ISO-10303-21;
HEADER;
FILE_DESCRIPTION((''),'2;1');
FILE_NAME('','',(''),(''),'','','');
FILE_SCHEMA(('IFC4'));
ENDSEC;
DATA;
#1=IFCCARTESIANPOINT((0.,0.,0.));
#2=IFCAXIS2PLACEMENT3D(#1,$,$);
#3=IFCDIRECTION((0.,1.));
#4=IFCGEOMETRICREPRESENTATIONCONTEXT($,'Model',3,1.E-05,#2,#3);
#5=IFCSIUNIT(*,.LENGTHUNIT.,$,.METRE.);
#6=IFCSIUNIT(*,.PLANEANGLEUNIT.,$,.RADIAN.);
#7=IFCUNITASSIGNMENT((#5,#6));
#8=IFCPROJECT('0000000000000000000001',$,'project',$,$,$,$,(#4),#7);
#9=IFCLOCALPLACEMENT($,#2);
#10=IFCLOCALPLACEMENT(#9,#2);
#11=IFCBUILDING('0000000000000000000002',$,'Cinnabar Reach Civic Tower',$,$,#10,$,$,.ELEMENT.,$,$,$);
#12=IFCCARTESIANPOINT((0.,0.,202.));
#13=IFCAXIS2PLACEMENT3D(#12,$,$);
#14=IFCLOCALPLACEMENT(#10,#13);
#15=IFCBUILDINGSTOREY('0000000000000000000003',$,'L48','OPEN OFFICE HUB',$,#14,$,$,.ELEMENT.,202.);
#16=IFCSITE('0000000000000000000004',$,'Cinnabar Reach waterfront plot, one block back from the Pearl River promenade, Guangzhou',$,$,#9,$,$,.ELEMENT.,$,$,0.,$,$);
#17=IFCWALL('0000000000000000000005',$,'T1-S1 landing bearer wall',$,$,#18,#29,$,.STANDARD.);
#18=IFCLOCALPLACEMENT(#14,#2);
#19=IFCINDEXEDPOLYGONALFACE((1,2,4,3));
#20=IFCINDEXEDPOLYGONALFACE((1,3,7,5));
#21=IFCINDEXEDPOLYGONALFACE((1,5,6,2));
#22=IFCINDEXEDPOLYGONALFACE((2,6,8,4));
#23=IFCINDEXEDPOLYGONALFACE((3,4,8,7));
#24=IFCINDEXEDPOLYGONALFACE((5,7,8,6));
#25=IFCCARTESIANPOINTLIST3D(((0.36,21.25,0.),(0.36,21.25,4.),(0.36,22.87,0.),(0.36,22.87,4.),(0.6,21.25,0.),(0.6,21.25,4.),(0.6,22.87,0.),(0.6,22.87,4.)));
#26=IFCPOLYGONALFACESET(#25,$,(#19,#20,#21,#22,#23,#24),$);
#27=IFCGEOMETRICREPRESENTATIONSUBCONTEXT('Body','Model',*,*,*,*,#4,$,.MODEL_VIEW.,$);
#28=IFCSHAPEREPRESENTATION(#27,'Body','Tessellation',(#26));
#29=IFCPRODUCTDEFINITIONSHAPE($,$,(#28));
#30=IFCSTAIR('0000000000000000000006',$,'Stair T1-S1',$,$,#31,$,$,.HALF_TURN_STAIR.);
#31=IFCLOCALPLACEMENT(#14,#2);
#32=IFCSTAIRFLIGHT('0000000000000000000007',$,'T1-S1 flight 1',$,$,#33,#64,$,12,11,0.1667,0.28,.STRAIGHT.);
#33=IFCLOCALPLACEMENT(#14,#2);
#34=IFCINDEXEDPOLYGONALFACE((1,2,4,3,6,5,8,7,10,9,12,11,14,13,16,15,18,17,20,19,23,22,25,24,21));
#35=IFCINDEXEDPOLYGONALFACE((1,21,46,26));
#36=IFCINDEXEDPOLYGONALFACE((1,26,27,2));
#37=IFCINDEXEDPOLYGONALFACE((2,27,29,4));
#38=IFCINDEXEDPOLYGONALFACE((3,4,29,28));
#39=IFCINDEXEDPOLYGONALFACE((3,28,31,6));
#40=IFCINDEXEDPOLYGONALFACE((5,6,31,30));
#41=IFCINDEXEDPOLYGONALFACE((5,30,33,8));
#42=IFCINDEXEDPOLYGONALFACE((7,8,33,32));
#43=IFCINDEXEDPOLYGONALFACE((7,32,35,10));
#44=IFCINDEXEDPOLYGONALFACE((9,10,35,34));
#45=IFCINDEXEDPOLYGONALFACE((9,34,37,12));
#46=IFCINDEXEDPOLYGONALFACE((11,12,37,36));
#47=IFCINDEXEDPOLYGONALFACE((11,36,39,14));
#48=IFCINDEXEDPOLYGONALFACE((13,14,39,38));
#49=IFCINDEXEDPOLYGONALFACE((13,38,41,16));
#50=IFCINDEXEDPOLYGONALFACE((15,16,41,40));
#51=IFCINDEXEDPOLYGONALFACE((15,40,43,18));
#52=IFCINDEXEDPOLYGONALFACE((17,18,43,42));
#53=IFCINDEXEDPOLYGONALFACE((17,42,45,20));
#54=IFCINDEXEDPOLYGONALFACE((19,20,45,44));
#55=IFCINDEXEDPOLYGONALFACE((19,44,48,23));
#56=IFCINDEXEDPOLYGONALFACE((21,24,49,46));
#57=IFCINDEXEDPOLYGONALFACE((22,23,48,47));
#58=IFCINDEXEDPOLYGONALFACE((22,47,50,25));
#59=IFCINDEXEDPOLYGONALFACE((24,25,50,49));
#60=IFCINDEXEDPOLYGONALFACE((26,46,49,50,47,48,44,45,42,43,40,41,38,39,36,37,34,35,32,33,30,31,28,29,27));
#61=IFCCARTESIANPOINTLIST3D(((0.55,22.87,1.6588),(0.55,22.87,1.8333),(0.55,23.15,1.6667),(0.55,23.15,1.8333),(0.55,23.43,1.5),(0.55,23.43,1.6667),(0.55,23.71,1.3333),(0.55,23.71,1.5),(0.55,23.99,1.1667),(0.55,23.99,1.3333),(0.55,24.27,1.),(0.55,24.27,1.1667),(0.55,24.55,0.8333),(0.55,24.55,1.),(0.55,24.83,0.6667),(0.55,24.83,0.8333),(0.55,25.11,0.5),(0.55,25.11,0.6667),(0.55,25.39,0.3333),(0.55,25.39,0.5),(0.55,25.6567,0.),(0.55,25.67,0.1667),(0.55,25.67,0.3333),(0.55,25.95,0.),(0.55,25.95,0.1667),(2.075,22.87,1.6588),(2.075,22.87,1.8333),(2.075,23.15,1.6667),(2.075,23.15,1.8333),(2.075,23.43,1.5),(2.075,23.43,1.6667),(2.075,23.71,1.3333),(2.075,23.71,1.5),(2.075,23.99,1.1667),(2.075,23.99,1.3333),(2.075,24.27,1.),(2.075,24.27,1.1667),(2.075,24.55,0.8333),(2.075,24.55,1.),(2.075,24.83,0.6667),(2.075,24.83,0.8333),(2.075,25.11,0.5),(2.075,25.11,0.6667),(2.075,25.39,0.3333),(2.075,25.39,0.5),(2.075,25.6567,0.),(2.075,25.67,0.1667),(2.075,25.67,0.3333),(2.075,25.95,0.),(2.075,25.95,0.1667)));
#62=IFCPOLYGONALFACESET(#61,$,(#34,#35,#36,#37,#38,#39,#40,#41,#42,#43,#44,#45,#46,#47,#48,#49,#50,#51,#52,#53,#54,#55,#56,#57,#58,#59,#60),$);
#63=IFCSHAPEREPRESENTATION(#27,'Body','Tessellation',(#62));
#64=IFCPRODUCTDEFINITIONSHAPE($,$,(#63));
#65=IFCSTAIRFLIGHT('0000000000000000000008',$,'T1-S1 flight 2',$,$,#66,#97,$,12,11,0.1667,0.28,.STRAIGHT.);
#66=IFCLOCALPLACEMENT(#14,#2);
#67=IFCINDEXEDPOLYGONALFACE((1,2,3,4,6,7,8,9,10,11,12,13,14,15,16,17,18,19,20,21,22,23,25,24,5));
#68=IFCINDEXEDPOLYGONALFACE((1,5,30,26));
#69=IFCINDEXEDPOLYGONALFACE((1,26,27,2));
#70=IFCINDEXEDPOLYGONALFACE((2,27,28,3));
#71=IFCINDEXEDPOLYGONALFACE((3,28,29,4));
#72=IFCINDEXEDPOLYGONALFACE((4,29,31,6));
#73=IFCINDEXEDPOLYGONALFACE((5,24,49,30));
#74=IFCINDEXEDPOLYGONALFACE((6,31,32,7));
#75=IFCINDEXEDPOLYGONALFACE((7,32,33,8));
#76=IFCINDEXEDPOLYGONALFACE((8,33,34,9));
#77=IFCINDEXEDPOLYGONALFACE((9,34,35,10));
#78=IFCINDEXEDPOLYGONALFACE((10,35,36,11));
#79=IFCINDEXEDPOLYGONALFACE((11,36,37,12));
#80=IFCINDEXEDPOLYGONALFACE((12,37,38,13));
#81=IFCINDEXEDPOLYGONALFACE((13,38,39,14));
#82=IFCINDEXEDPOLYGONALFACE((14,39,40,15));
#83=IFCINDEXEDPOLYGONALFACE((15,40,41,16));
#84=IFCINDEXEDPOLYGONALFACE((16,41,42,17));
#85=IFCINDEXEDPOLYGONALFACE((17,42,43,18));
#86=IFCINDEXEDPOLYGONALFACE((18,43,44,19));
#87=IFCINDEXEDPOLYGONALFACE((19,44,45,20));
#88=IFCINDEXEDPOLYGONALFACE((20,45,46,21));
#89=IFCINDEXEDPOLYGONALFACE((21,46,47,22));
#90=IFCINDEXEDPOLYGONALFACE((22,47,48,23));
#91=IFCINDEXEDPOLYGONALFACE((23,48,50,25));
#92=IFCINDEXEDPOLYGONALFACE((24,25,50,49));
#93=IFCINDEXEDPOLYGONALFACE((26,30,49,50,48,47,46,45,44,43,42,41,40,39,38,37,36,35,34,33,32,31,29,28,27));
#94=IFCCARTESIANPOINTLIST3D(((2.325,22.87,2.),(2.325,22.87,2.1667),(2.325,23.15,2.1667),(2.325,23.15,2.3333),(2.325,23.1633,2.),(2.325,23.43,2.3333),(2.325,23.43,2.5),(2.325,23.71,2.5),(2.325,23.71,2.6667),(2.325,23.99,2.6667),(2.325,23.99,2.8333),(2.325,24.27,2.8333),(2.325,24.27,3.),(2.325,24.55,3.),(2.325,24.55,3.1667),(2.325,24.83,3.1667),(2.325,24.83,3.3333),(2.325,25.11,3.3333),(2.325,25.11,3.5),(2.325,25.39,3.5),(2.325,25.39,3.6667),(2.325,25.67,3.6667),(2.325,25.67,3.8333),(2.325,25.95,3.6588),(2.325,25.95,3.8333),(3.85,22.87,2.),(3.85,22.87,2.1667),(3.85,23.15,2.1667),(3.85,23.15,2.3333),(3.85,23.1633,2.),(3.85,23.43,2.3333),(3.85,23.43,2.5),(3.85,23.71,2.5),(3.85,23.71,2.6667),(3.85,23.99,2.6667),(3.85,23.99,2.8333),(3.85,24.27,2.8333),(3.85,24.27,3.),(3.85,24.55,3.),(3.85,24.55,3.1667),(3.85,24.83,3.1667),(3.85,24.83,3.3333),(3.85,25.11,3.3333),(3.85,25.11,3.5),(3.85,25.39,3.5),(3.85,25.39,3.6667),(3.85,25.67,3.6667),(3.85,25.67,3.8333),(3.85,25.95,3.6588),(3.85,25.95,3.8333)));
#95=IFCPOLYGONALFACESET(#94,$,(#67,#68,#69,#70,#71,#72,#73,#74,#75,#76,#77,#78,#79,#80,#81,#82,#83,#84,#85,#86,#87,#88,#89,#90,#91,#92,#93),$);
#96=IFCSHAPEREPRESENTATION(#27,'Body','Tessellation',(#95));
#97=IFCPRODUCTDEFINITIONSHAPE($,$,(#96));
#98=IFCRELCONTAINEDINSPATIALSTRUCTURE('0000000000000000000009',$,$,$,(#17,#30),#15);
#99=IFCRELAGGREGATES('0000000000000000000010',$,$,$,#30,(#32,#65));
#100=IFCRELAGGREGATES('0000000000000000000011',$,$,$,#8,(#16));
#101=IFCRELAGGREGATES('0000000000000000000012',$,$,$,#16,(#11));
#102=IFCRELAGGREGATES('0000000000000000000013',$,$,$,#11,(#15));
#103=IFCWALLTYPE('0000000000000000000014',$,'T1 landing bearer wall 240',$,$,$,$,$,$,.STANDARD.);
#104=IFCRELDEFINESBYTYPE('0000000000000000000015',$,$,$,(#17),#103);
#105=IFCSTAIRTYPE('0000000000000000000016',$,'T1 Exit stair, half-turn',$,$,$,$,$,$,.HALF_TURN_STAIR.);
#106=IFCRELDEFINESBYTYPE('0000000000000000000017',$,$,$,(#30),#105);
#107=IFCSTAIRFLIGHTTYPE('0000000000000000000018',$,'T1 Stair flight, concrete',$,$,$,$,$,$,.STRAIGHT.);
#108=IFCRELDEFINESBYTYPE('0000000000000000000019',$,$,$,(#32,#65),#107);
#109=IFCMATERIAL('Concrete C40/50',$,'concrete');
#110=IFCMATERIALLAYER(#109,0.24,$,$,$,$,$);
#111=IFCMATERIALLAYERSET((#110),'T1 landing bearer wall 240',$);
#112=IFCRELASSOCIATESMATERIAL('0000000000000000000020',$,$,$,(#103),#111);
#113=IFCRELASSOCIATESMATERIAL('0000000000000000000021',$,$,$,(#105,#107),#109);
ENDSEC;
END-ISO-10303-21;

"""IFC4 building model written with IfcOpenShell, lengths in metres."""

from ifc_helpers import new_model, si_unit, direction, frame, frame_2d, origin, place, context, subcontext, project, spatial, polyline, rectangle, outline, extrude, material, layer, layer_set, type_object, element, aggregate, save


model = new_model("IFC4")

# Units and contexts
model_context = context("Model", 3, precision=1e-05, world=origin(), true_north=direction((0.0, 1.0)))
body_context = subcontext(model_context, "Body", "Model", "MODEL_VIEW")
ifc_project = project(units=[si_unit("LENGTHUNIT", "METRE"), si_unit("PLANEANGLEUNIT", "RADIAN")], contexts=[model_context])

# Site, building, storey
site_placement = place(None, origin())
site = spatial("IfcSite", under=ifc_project, at=site_placement, Name="Cinnabar Reach waterfront plot, one block back from the Pearl River promenade, Guangzhou", CompositionType="ELEMENT", RefElevation=0.0)
building_placement = place(site_placement, origin())
building = spatial("IfcBuilding", under=site, at=building_placement, Name="Cinnabar Reach Civic Tower", CompositionType="ELEMENT")
storey_placement = place(building_placement, frame((0.0, 0.0, 202.0)))
storey = spatial("IfcBuildingStorey", under=building, at=storey_placement, Name="L48", Description="OPEN OFFICE HUB", CompositionType="ELEMENT", Elevation=202.0)

# Wall
ifc_material_1 = material(Name="Concrete C40/50", Category="concrete")
ifc_layer_1 = layer(ifc_material_1, 0.24)
ifc_layer_set_1 = layer_set([ifc_layer_1], Name="T1 landing bearer wall 240")
wall_type_1 = type_object("IfcWallType", Name="T1 landing bearer wall 240", PredefinedType="STANDARD", material=ifc_layer_set_1)
wall_1_placement = place(storey_placement, frame((0.48, 21.25, 0.0), z_axis=(0.0, 0.0, 1.0), x_axis=(0.0, 1.0, 0.0)))
element("IfcWall", 1, at=wall_1_placement, inside=storey, type_object=wall_type_1, Name="T1-S1 landing bearer wall", PredefinedType="STANDARD", context=body_context, shape_type="SweptSolid", body=[
    extrude(rectangle(XDim=1.62, YDim=0.24, at=frame_2d((0.81, 0.0))), origin(), (0.0, 0.0, 1.0), 4.0),
])

# Stair, stair flights
stair_type = type_object("IfcStairType", Name="T1 Exit stair, half-turn", PredefinedType="HALF_TURN_STAIR", material=ifc_material_1)
stair_placement = place(storey_placement, origin())
stair = element("IfcStair", 2, at=stair_placement, inside=storey, type_object=stair_type, Name="Stair T1-S1", PredefinedType="HALF_TURN_STAIR")
stair_flight_type = type_object("IfcStairFlightType", Name="T1 Stair flight, concrete", PredefinedType="STRAIGHT", material=ifc_material_1)
stair_flight_1_placement = place(storey_placement, frame((1.3125, 25.95, 0.0), z_axis=(0.0, 0.0, 1.0), x_axis=(0.0, -1.0, 0.0)))
stair_flight_1 = element("IfcStairFlight", 3, at=stair_flight_1_placement, type_object=stair_flight_type, Name="T1-S1 flight 1", NumberOfRisers=12, NumberOfTreads=11, PredefinedType="STRAIGHT", RiserHeight=0.1667, TreadLength=0.28, context=body_context, shape_type="SweptSolid", body=[
    extrude(outline(polyline([(0.0, 0.0), (0.0, 0.1667), (0.28, 0.1667), (0.28, 0.3333), (0.56, 0.3333), (0.56, 0.5), (0.84, 0.5), (0.84, 0.6667), (1.12, 0.6667), (1.12, 0.8333), (1.4, 0.8333), (1.4, 1.0), (1.68, 1.0), (1.68, 1.1667), (1.96, 1.1667), (1.96, 1.3333), (2.24, 1.3333), (2.24, 1.5), (2.52, 1.5), (2.52, 1.6667), (2.8, 1.6667), (2.8, 1.8333), (3.08, 1.8333), (3.08, 2.0), (3.08, 1.6588), (0.2933, 0.0), (0.0, 0.0)])), frame((0.0, 0.7625, 0.0), z_axis=(0.0, -1.0, 0.0), x_axis=(1.0, 0.0, 0.0)), (0.0, 0.0, 1.0), 1.525),
])
stair_flight_2_placement = place(storey_placement, frame((3.0875, 22.87, 2.0), z_axis=(0.0, 0.0, 1.0), x_axis=(0.0, 1.0, 0.0)))
stair_flight_2 = element("IfcStairFlight", 4, at=stair_flight_2_placement, type_object=stair_flight_type, Name="T1-S1 flight 2", NumberOfRisers=12, NumberOfTreads=11, PredefinedType="STRAIGHT", RiserHeight=0.1667, TreadLength=0.28, context=body_context, shape_type="SweptSolid", body=[
    extrude(outline(polyline([(0.0, 0.0), (0.0, 0.1667), (0.28, 0.1667), (0.28, 0.3333), (0.56, 0.3333), (0.56, 0.5), (0.84, 0.5), (0.84, 0.6667), (1.12, 0.6667), (1.12, 0.8333), (1.4, 0.8333), (1.4, 1.0), (1.68, 1.0), (1.68, 1.1667), (1.96, 1.1667), (1.96, 1.3333), (2.24, 1.3333), (2.24, 1.5), (2.52, 1.5), (2.52, 1.6667), (2.8, 1.6667), (2.8, 1.8333), (3.08, 1.8333), (3.08, 2.0), (3.08, 1.6588), (0.2933, 0.0), (0.0, 0.0)])), frame((0.0, 0.7625, 0.0), z_axis=(0.0, -1.0, 0.0), x_axis=(1.0, 0.0, 0.0)), (0.0, 0.0, 1.0), 1.525),
])
aggregate(stair, [stair_flight_1, stair_flight_2])

save(model, "model.ifc")
